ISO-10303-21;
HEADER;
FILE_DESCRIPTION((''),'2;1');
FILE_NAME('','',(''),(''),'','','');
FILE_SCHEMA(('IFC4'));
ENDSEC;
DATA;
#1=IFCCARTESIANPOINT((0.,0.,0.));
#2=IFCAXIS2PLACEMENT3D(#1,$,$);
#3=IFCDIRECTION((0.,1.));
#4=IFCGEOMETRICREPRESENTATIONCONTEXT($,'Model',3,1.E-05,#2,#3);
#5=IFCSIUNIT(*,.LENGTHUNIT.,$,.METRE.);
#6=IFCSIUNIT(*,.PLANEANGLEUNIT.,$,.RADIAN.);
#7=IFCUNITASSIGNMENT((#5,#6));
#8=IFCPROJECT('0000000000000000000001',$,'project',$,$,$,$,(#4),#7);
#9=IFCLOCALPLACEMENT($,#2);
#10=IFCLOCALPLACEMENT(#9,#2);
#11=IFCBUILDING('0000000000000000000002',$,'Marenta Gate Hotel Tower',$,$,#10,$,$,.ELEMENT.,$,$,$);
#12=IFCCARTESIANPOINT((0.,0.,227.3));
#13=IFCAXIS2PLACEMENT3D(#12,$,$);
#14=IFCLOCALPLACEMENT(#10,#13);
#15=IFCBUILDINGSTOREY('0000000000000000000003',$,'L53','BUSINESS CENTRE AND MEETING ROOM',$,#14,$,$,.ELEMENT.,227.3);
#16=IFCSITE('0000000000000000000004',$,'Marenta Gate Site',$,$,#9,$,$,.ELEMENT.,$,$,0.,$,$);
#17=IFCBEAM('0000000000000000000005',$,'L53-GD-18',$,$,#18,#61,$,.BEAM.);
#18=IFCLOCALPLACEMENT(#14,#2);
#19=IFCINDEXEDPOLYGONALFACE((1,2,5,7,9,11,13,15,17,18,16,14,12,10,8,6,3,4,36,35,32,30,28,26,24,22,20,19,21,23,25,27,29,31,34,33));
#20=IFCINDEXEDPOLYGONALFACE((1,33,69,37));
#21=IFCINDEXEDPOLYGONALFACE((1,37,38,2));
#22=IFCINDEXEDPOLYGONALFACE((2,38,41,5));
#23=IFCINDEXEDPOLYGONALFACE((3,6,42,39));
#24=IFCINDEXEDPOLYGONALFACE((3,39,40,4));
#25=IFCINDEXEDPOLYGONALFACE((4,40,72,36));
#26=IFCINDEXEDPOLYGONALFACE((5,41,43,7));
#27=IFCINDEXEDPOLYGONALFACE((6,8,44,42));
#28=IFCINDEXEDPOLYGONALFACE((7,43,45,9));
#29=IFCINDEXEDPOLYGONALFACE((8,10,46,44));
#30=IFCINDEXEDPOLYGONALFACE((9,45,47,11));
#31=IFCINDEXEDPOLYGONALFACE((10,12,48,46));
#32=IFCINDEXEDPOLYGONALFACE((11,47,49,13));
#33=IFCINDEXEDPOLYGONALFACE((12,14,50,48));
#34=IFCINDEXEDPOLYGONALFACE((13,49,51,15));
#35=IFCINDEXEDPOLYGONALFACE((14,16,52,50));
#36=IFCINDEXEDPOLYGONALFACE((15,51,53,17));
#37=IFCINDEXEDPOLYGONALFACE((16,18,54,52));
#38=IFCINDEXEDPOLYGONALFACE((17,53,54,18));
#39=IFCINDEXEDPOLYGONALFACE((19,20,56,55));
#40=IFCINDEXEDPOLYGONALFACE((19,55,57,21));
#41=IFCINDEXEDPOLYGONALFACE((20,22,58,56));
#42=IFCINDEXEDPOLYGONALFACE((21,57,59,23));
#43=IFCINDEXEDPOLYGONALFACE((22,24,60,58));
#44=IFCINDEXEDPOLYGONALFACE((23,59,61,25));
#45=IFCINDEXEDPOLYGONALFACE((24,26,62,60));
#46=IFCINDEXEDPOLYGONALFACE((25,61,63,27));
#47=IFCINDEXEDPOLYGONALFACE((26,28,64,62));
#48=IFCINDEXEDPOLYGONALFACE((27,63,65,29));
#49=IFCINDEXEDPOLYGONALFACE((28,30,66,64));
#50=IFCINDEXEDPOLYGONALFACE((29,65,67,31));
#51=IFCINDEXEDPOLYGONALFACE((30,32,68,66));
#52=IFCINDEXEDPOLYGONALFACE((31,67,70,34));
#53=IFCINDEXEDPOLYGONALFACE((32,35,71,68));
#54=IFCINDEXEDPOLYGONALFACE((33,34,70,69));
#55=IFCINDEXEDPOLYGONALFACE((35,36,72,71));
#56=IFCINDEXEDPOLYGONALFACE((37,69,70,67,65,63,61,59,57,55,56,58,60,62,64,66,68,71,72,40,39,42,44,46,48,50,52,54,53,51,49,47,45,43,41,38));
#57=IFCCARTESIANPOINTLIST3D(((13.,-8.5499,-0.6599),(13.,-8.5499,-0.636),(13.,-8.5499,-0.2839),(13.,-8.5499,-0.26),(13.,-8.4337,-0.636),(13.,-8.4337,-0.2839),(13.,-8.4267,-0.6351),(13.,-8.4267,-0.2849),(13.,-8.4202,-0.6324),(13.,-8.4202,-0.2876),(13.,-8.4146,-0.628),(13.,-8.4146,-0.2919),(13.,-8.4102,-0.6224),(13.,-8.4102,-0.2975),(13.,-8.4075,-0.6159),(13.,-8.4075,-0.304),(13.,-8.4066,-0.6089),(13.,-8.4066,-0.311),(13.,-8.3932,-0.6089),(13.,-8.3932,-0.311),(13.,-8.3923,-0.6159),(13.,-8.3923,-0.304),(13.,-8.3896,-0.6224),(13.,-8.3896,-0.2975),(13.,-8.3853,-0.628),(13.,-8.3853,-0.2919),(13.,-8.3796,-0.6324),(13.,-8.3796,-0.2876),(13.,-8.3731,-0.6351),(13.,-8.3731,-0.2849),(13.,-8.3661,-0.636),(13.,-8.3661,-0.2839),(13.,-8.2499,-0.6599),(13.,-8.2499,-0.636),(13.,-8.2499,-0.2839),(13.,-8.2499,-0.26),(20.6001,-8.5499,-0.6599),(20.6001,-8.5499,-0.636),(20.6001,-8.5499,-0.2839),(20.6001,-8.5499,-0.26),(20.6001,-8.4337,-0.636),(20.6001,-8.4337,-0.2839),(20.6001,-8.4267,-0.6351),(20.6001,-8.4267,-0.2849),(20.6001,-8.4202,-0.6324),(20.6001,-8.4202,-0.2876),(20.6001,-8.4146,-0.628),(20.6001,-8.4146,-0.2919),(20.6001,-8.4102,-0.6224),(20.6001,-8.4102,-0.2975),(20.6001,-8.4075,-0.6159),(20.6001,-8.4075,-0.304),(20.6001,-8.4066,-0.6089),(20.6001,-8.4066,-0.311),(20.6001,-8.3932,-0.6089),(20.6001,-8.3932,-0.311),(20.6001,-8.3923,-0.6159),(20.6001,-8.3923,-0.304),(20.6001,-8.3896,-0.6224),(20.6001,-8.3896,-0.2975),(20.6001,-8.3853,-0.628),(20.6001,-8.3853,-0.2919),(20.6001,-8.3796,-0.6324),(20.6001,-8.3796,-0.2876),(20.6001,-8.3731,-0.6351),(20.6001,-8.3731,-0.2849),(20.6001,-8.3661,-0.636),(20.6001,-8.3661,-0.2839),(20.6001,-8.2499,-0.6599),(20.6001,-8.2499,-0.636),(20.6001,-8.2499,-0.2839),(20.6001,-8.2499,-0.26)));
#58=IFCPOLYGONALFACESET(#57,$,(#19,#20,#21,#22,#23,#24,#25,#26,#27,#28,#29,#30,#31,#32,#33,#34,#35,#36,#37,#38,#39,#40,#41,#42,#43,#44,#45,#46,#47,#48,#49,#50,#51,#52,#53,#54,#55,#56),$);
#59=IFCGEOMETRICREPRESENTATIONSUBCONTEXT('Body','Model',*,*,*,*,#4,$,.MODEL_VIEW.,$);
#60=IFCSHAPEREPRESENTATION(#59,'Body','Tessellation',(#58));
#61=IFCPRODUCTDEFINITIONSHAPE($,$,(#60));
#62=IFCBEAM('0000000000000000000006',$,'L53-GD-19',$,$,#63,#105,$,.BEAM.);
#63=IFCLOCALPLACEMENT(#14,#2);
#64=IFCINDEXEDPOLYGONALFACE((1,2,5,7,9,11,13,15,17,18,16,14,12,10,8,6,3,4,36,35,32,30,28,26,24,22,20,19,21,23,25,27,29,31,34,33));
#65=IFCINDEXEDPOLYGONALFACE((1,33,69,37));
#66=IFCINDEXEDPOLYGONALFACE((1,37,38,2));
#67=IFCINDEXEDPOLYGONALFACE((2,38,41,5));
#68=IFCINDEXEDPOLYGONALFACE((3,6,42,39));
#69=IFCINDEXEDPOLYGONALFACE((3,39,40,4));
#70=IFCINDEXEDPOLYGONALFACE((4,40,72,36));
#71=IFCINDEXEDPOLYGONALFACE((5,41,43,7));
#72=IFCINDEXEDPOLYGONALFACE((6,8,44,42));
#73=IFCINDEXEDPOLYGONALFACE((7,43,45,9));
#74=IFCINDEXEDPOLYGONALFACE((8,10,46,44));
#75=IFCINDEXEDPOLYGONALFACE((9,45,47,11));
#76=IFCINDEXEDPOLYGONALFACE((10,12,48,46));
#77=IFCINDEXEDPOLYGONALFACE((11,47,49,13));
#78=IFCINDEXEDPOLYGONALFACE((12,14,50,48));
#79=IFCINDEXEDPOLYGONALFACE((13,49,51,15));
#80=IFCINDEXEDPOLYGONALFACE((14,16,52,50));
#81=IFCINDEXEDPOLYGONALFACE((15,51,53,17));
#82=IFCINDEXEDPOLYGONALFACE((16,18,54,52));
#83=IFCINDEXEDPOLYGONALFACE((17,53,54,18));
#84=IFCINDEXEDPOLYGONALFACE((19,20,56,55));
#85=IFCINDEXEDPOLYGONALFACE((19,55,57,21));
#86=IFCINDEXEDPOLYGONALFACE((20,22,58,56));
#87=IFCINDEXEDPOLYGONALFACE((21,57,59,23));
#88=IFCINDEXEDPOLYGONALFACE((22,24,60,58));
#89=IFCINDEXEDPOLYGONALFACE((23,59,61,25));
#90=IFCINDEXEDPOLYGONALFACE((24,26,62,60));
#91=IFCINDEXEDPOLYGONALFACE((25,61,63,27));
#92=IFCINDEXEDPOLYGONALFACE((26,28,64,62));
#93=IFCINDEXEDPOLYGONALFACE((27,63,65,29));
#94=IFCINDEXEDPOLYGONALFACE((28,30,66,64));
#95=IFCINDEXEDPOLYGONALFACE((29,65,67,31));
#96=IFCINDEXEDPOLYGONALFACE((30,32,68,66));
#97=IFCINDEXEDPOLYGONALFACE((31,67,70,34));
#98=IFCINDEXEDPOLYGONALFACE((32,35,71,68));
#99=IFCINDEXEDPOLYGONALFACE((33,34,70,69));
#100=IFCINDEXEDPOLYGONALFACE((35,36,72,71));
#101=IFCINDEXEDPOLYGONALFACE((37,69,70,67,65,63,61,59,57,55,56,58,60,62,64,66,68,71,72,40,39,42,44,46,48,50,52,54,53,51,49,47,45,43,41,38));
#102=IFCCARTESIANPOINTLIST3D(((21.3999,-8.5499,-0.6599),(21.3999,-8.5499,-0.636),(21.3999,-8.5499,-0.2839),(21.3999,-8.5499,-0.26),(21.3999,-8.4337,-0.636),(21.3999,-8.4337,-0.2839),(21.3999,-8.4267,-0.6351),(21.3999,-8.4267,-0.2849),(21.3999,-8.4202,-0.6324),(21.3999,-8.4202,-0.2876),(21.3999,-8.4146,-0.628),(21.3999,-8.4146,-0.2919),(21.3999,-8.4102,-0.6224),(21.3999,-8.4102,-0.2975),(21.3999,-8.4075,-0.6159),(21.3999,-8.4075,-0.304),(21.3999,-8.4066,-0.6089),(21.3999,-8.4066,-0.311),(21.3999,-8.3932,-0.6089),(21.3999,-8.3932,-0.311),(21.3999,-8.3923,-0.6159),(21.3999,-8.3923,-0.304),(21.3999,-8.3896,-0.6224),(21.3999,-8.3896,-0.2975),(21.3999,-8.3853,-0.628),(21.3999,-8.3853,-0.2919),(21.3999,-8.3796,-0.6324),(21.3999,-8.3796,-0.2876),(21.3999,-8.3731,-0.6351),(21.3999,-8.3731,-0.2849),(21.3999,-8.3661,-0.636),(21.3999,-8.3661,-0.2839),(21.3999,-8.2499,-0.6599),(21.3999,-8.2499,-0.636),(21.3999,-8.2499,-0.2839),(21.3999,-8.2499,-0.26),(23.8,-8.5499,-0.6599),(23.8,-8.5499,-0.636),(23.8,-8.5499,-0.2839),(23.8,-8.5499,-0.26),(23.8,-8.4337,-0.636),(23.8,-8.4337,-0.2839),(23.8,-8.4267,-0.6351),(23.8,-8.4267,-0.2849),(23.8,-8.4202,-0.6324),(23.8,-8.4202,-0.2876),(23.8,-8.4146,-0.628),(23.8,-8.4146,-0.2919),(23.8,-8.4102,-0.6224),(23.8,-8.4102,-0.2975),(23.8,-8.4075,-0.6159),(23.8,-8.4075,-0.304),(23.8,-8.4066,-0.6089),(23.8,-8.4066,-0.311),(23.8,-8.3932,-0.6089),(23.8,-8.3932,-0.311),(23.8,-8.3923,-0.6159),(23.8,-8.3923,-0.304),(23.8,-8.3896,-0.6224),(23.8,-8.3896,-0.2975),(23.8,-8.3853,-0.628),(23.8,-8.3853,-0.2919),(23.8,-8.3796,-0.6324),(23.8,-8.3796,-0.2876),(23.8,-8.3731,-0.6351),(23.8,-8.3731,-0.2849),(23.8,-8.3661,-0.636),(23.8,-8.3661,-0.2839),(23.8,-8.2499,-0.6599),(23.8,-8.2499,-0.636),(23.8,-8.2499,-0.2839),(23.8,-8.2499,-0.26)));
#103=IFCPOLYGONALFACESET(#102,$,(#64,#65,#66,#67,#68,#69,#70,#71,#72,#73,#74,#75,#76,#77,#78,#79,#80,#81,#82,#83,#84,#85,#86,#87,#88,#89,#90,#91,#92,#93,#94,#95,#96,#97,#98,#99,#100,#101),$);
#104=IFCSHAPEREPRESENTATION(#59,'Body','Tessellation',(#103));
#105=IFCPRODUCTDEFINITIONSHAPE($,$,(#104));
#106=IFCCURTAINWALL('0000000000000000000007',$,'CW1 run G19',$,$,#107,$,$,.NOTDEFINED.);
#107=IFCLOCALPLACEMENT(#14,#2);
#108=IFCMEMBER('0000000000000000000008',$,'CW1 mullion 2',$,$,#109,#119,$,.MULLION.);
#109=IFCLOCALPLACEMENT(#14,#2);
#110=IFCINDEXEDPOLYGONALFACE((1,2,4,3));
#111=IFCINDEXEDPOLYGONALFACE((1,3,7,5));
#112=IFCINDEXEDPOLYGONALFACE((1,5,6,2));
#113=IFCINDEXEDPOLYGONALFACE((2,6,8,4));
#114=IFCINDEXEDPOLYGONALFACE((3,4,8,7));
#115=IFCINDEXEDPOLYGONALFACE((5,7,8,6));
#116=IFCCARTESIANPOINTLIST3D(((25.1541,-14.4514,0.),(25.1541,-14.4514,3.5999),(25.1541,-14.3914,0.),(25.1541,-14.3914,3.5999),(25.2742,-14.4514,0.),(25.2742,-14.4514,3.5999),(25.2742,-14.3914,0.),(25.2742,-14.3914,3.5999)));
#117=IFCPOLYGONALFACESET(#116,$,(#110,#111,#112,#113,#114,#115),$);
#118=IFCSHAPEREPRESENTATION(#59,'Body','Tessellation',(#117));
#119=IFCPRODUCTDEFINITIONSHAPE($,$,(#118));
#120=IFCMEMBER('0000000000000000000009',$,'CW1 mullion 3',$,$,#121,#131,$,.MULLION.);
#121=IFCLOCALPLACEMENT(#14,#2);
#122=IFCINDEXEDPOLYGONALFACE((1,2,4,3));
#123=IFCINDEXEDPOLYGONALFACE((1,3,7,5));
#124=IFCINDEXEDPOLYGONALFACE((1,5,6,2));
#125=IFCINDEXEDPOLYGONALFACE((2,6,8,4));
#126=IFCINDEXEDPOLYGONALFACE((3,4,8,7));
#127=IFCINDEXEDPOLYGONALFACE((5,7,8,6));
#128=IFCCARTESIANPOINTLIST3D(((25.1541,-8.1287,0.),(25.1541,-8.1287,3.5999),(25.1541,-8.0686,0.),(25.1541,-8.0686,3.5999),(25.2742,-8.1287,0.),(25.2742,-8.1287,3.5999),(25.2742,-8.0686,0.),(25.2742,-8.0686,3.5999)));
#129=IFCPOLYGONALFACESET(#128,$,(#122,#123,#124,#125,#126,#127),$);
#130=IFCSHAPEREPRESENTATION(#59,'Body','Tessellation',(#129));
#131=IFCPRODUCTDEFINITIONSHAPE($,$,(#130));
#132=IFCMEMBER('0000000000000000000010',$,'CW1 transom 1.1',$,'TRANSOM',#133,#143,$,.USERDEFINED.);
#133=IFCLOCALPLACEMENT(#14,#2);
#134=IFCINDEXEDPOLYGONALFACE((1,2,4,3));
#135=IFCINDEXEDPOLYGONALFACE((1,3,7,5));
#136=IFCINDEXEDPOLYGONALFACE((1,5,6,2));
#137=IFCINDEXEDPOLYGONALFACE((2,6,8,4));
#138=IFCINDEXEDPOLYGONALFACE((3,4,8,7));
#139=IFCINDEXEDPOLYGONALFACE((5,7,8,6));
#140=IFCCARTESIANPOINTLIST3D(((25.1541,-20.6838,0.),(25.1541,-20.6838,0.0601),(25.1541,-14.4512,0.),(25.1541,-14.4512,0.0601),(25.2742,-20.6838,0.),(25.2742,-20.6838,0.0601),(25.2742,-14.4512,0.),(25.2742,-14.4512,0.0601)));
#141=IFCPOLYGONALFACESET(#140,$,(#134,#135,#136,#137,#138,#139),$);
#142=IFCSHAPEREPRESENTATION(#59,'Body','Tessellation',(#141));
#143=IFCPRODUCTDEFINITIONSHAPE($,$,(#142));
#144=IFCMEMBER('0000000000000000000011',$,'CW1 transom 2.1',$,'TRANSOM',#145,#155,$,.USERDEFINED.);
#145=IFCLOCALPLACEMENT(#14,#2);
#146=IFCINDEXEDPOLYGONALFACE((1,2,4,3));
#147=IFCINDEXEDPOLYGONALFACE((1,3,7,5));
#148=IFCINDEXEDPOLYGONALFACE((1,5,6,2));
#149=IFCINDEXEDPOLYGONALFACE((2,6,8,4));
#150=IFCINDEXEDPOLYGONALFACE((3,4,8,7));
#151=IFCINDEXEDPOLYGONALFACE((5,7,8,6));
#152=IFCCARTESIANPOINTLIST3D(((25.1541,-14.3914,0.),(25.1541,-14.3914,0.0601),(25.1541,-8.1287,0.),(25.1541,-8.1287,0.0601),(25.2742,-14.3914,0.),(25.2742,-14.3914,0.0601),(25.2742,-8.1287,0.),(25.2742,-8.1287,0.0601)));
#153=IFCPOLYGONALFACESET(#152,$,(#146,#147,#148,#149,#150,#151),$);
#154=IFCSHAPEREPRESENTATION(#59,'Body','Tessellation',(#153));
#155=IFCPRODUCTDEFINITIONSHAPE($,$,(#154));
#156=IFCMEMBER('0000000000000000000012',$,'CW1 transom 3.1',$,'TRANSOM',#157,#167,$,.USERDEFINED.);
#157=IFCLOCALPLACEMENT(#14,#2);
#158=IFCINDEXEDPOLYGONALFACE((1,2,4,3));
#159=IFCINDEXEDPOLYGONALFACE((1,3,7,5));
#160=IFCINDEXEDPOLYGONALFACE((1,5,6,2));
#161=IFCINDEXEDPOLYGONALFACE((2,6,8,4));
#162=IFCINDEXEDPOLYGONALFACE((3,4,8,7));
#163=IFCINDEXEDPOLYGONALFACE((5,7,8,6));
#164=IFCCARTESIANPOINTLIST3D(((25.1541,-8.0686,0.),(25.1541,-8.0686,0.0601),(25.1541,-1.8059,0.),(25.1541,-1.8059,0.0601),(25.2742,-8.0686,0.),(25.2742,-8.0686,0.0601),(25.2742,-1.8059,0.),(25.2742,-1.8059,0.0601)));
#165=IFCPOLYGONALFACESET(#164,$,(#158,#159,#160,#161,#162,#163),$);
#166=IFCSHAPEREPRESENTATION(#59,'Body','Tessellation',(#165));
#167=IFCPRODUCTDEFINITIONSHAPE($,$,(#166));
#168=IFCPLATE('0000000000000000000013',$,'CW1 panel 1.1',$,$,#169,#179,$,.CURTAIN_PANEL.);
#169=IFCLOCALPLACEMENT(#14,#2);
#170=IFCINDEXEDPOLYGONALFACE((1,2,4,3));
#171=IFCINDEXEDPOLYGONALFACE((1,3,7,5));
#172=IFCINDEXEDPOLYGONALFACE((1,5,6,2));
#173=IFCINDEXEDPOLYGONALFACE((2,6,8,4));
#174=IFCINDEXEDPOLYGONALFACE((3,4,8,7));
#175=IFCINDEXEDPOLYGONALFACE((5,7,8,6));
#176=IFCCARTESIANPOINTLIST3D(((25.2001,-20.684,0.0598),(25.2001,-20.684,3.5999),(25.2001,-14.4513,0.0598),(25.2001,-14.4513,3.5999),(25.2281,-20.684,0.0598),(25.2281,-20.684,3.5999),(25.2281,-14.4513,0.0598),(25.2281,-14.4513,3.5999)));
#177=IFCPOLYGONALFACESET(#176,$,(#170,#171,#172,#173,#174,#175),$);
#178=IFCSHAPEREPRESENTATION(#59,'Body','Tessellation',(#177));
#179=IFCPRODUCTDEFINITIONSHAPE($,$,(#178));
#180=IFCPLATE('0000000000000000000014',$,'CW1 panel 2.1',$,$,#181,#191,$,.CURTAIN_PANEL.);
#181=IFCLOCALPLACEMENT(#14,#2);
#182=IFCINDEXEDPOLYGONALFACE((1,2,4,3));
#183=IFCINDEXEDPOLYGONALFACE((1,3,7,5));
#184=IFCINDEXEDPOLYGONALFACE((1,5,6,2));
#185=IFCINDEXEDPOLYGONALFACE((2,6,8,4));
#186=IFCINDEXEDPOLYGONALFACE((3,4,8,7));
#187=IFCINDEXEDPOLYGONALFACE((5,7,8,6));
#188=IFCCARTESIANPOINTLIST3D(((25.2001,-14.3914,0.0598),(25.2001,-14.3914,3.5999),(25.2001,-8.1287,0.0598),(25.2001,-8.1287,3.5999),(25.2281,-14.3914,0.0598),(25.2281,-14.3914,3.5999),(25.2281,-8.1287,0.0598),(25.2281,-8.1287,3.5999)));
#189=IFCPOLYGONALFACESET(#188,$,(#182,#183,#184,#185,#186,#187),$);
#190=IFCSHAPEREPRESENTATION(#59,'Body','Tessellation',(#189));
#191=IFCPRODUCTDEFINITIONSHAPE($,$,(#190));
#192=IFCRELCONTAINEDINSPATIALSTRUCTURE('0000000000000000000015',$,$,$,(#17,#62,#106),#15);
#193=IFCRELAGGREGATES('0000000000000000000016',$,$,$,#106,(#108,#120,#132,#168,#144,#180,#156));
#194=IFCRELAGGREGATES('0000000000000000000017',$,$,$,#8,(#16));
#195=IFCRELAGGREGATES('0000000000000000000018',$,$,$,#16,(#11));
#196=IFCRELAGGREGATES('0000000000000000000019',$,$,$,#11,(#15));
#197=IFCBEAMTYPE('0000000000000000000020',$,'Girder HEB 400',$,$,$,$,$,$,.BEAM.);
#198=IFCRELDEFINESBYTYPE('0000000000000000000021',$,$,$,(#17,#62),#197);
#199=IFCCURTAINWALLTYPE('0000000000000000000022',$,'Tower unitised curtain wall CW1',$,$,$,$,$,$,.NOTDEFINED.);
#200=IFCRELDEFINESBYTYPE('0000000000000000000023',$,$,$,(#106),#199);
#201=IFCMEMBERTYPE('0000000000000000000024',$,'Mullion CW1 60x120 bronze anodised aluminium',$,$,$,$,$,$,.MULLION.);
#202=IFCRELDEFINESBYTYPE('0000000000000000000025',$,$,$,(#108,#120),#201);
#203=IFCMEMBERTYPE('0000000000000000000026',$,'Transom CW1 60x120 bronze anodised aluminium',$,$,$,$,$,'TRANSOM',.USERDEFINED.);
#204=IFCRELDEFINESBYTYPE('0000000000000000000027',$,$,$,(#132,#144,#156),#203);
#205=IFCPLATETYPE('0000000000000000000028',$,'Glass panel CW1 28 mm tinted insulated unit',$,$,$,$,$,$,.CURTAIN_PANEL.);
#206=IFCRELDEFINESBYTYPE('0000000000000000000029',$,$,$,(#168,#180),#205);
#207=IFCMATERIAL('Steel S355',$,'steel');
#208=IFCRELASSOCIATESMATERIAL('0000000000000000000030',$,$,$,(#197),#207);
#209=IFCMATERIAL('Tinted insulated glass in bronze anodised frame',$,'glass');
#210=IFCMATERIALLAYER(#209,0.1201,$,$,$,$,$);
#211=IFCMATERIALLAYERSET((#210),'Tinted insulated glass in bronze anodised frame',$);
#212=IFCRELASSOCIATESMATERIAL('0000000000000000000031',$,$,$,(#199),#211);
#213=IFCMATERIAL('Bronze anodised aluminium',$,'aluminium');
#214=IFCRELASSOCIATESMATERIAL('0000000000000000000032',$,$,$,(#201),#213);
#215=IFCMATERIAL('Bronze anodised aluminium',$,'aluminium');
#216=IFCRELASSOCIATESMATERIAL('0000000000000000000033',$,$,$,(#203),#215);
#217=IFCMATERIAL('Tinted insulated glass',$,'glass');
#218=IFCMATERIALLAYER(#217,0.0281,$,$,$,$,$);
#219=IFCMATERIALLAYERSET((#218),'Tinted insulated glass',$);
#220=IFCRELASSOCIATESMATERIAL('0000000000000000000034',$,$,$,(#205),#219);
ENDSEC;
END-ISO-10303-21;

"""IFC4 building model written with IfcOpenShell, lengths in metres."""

from ifc_helpers import new_model, si_unit, direction, frame, origin, origin_2d, place, context, subcontext, project, spatial, rectangle, i_section, extrude, material, layer, layer_set, material_profile, profile_set, type_object, element, aggregate, save


model = new_model("IFC4")

# Units and contexts
model_context = context("Model", 3, precision=1e-05, world=origin(), true_north=direction((0.0, 1.0)))
body_context = subcontext(model_context, "Body", "Model", "MODEL_VIEW")
ifc_project = project(units=[si_unit("LENGTHUNIT", "METRE"), si_unit("PLANEANGLEUNIT", "RADIAN")], contexts=[model_context])

# Site, building, storey
site_placement = place(None, origin())
site = spatial("IfcSite", under=ifc_project, at=site_placement, Name="Marenta Gate Site", CompositionType="ELEMENT", RefElevation=0.0)
building_placement = place(site_placement, origin())
building = spatial("IfcBuilding", under=site, at=building_placement, Name="Marenta Gate Hotel Tower", CompositionType="ELEMENT")
storey_placement = place(building_placement, frame((0.0, 0.0, 227.3)))
storey = spatial("IfcBuildingStorey", under=building, at=storey_placement, Name="L53", Description="BUSINESS CENTRE AND MEETING ROOM", CompositionType="ELEMENT", Elevation=227.3)

# Beams
ifc_material_1 = material(Name="Steel S355", Category="steel")
ifc_material_profile_1 = material_profile(ifc_material_1, i_section(OverallWidth=0.3, OverallDepth=0.3999, WebThickness=0.0134, FlangeThickness=0.0239, FilletRadius=0.0271, at=origin_2d()), Name="HEB 400")
ifc_profile_set_1 = profile_set([ifc_material_profile_1], Name="Steel S355")
beam_type_1 = type_object("IfcBeamType", Name="Girder HEB 400", PredefinedType="BEAM", material=ifc_profile_set_1)
beam_1_placement = place(storey_placement, frame((13.0, -8.3999, -0.46), z_axis=(1.0, 0.0, 0.0), x_axis=(0.0, 1.0, 0.0)))
element("IfcBeam", 1, at=beam_1_placement, inside=storey, type_object=beam_type_1, Name="L53-GD-18", PredefinedType="BEAM", context=body_context, shape_type="SweptSolid", body=[
    extrude(i_section(OverallWidth=0.3, OverallDepth=0.3999, WebThickness=0.0134, FlangeThickness=0.0239, FilletRadius=0.0271, at=origin_2d()), origin(), (0.0, 0.0, 1.0), 7.6001),
])
beam_2_placement = place(storey_placement, frame((21.3999, -8.3999, -0.46), z_axis=(1.0, 0.0, 0.0), x_axis=(0.0, 1.0, 0.0)))
element("IfcBeam", 2, at=beam_2_placement, inside=storey, type_object=beam_type_1, Name="L53-GD-19", PredefinedType="BEAM", context=body_context, shape_type="SweptSolid", body=[
    extrude(i_section(OverallWidth=0.3, OverallDepth=0.3999, WebThickness=0.0134, FlangeThickness=0.0239, FilletRadius=0.0271, at=origin_2d()), origin(), (0.0, 0.0, 1.0), 2.4001),
])

# Curtain wall, members, plates
ifc_material_2 = material(Name="Tinted insulated glass in bronze anodised frame", Category="glass")
ifc_layer_1 = layer(ifc_material_2, 0.1201)
ifc_layer_set_1 = layer_set([ifc_layer_1], Name="Tinted insulated glass in bronze anodised frame")
curtain_wall_type = type_object("IfcCurtainWallType", Name="Tower unitised curtain wall CW1", PredefinedType="NOTDEFINED", material=ifc_layer_set_1)
curtain_wall_placement = place(storey_placement, origin())
curtain_wall = element("IfcCurtainWall", 3, at=curtain_wall_placement, inside=storey, type_object=curtain_wall_type, Name="CW1 run G19", PredefinedType="NOTDEFINED")
ifc_material_3 = material(Name="Bronze anodised aluminium", Category="aluminium")
ifc_material_profile_2 = material_profile(ifc_material_3, rectangle(XDim=0.1201, YDim=0.0601, at=origin_2d()), Name="Mullion CW1 60x120 bronze anodised aluminium")
ifc_profile_set_2 = profile_set([ifc_material_profile_2], Name="Bronze anodised aluminium")
member_type_1 = type_object("IfcMemberType", Name="Mullion CW1 60x120 bronze anodised aluminium", PredefinedType="MULLION", material=ifc_profile_set_2)
member_1_placement = place(storey_placement, frame((25.2141, -14.4214, 0.0), z_axis=(0.0, 0.0, 1.0), x_axis=(-1.0, 0.0, 0.0)))
member_1 = element("IfcMember", 4, at=member_1_placement, type_object=member_type_1, Name="CW1 mullion 2", PredefinedType="MULLION", context=body_context, shape_type="SweptSolid", body=[
    extrude(rectangle(XDim=0.1201, YDim=0.0601, at=origin_2d()), origin(), (0.0, 0.0, 1.0), 3.5999),
])
member_2_placement = place(storey_placement, frame((25.2141, -8.0986, 0.0), z_axis=(0.0, 0.0, 1.0), x_axis=(-1.0, 0.0, 0.0)))
member_2 = element("IfcMember", 5, at=member_2_placement, type_object=member_type_1, Name="CW1 mullion 3", PredefinedType="MULLION", context=body_context, shape_type="SweptSolid", body=[
    extrude(rectangle(XDim=0.1201, YDim=0.0601, at=origin_2d()), origin(), (0.0, 0.0, 1.0), 3.5999),
])
ifc_material_4 = material(Name="Bronze anodised aluminium", Category="aluminium")
ifc_material_profile_3 = material_profile(ifc_material_4, rectangle(XDim=0.1201, YDim=0.0601, at=origin_2d()), Name="Transom CW1 60x120 bronze anodised aluminium")
ifc_profile_set_3 = profile_set([ifc_material_profile_3], Name="Bronze anodised aluminium")
member_type_2 = type_object("IfcMemberType", Name="Transom CW1 60x120 bronze anodised aluminium", ElementType="TRANSOM", PredefinedType="USERDEFINED", material=ifc_profile_set_3)
member_3_placement = place(storey_placement, frame((25.2141, -20.6838, 0.03), z_axis=(0.0, 1.0, 0.0), x_axis=(-1.0, 0.0, 0.0)))
member_3 = element("IfcMember", 6, at=member_3_placement, type_object=member_type_2, Name="CW1 transom 1.1", ObjectType="TRANSOM", PredefinedType="USERDEFINED", context=body_context, shape_type="SweptSolid", body=[
    extrude(rectangle(XDim=0.1201, YDim=0.0601, at=origin_2d()), origin(), (0.0, 0.0, 1.0), 6.2327),
])
member_4_placement = place(storey_placement, frame((25.2141, -14.3914, 0.03), z_axis=(0.0, 1.0, 0.0), x_axis=(-1.0, 0.0, 0.0)))
member_4 = element("IfcMember", 7, at=member_4_placement, type_object=member_type_2, Name="CW1 transom 2.1", ObjectType="TRANSOM", PredefinedType="USERDEFINED", context=body_context, shape_type="SweptSolid", body=[
    extrude(rectangle(XDim=0.1201, YDim=0.0601, at=origin_2d()), origin(), (0.0, 0.0, 1.0), 6.2627),
])
member_5_placement = place(storey_placement, frame((25.2141, -8.0686, 0.03), z_axis=(0.0, 1.0, 0.0), x_axis=(-1.0, 0.0, 0.0)))
member_5 = element("IfcMember", 8, at=member_5_placement, type_object=member_type_2, Name="CW1 transom 3.1", ObjectType="TRANSOM", PredefinedType="USERDEFINED", context=body_context, shape_type="SweptSolid", body=[
    extrude(rectangle(XDim=0.1201, YDim=0.0601, at=origin_2d()), origin(), (0.0, 0.0, 1.0), 6.2627),
])
ifc_material_5 = material(Name="Tinted insulated glass", Category="glass")
ifc_layer_2 = layer(ifc_material_5, 0.0281)
ifc_layer_set_2 = layer_set([ifc_layer_2], Name="Tinted insulated glass")
plate_type = type_object("IfcPlateType", Name="Glass panel CW1 28 mm tinted insulated unit", PredefinedType="CURTAIN_PANEL", material=ifc_layer_set_2)
plate_1_placement = place(storey_placement, frame((25.2141, -17.5676, 0.0598), z_axis=(0.0, 0.0, 1.0), x_axis=(0.0, 1.0, 0.0)))
plate_1 = element("IfcPlate", 9, at=plate_1_placement, type_object=plate_type, Name="CW1 panel 1.1", PredefinedType="CURTAIN_PANEL", context=body_context, shape_type="SweptSolid", body=[
    extrude(rectangle(XDim=6.2327, YDim=0.0281, at=origin_2d()), origin(), (0.0, 0.0, 1.0), 3.54),
])
plate_2_placement = place(storey_placement, frame((25.2141, -11.26, 0.0598), z_axis=(0.0, 0.0, 1.0), x_axis=(0.0, 1.0, 0.0)))
plate_2 = element("IfcPlate", 10, at=plate_2_placement, type_object=plate_type, Name="CW1 panel 2.1", PredefinedType="CURTAIN_PANEL", context=body_context, shape_type="SweptSolid", body=[
    extrude(rectangle(XDim=6.2627, YDim=0.0281, at=origin_2d()), origin(), (0.0, 0.0, 1.0), 3.54),
])
aggregate(curtain_wall, [member_1, member_2, member_3, plate_1, member_4, plate_2, member_5])

save(model, "model.ifc")
